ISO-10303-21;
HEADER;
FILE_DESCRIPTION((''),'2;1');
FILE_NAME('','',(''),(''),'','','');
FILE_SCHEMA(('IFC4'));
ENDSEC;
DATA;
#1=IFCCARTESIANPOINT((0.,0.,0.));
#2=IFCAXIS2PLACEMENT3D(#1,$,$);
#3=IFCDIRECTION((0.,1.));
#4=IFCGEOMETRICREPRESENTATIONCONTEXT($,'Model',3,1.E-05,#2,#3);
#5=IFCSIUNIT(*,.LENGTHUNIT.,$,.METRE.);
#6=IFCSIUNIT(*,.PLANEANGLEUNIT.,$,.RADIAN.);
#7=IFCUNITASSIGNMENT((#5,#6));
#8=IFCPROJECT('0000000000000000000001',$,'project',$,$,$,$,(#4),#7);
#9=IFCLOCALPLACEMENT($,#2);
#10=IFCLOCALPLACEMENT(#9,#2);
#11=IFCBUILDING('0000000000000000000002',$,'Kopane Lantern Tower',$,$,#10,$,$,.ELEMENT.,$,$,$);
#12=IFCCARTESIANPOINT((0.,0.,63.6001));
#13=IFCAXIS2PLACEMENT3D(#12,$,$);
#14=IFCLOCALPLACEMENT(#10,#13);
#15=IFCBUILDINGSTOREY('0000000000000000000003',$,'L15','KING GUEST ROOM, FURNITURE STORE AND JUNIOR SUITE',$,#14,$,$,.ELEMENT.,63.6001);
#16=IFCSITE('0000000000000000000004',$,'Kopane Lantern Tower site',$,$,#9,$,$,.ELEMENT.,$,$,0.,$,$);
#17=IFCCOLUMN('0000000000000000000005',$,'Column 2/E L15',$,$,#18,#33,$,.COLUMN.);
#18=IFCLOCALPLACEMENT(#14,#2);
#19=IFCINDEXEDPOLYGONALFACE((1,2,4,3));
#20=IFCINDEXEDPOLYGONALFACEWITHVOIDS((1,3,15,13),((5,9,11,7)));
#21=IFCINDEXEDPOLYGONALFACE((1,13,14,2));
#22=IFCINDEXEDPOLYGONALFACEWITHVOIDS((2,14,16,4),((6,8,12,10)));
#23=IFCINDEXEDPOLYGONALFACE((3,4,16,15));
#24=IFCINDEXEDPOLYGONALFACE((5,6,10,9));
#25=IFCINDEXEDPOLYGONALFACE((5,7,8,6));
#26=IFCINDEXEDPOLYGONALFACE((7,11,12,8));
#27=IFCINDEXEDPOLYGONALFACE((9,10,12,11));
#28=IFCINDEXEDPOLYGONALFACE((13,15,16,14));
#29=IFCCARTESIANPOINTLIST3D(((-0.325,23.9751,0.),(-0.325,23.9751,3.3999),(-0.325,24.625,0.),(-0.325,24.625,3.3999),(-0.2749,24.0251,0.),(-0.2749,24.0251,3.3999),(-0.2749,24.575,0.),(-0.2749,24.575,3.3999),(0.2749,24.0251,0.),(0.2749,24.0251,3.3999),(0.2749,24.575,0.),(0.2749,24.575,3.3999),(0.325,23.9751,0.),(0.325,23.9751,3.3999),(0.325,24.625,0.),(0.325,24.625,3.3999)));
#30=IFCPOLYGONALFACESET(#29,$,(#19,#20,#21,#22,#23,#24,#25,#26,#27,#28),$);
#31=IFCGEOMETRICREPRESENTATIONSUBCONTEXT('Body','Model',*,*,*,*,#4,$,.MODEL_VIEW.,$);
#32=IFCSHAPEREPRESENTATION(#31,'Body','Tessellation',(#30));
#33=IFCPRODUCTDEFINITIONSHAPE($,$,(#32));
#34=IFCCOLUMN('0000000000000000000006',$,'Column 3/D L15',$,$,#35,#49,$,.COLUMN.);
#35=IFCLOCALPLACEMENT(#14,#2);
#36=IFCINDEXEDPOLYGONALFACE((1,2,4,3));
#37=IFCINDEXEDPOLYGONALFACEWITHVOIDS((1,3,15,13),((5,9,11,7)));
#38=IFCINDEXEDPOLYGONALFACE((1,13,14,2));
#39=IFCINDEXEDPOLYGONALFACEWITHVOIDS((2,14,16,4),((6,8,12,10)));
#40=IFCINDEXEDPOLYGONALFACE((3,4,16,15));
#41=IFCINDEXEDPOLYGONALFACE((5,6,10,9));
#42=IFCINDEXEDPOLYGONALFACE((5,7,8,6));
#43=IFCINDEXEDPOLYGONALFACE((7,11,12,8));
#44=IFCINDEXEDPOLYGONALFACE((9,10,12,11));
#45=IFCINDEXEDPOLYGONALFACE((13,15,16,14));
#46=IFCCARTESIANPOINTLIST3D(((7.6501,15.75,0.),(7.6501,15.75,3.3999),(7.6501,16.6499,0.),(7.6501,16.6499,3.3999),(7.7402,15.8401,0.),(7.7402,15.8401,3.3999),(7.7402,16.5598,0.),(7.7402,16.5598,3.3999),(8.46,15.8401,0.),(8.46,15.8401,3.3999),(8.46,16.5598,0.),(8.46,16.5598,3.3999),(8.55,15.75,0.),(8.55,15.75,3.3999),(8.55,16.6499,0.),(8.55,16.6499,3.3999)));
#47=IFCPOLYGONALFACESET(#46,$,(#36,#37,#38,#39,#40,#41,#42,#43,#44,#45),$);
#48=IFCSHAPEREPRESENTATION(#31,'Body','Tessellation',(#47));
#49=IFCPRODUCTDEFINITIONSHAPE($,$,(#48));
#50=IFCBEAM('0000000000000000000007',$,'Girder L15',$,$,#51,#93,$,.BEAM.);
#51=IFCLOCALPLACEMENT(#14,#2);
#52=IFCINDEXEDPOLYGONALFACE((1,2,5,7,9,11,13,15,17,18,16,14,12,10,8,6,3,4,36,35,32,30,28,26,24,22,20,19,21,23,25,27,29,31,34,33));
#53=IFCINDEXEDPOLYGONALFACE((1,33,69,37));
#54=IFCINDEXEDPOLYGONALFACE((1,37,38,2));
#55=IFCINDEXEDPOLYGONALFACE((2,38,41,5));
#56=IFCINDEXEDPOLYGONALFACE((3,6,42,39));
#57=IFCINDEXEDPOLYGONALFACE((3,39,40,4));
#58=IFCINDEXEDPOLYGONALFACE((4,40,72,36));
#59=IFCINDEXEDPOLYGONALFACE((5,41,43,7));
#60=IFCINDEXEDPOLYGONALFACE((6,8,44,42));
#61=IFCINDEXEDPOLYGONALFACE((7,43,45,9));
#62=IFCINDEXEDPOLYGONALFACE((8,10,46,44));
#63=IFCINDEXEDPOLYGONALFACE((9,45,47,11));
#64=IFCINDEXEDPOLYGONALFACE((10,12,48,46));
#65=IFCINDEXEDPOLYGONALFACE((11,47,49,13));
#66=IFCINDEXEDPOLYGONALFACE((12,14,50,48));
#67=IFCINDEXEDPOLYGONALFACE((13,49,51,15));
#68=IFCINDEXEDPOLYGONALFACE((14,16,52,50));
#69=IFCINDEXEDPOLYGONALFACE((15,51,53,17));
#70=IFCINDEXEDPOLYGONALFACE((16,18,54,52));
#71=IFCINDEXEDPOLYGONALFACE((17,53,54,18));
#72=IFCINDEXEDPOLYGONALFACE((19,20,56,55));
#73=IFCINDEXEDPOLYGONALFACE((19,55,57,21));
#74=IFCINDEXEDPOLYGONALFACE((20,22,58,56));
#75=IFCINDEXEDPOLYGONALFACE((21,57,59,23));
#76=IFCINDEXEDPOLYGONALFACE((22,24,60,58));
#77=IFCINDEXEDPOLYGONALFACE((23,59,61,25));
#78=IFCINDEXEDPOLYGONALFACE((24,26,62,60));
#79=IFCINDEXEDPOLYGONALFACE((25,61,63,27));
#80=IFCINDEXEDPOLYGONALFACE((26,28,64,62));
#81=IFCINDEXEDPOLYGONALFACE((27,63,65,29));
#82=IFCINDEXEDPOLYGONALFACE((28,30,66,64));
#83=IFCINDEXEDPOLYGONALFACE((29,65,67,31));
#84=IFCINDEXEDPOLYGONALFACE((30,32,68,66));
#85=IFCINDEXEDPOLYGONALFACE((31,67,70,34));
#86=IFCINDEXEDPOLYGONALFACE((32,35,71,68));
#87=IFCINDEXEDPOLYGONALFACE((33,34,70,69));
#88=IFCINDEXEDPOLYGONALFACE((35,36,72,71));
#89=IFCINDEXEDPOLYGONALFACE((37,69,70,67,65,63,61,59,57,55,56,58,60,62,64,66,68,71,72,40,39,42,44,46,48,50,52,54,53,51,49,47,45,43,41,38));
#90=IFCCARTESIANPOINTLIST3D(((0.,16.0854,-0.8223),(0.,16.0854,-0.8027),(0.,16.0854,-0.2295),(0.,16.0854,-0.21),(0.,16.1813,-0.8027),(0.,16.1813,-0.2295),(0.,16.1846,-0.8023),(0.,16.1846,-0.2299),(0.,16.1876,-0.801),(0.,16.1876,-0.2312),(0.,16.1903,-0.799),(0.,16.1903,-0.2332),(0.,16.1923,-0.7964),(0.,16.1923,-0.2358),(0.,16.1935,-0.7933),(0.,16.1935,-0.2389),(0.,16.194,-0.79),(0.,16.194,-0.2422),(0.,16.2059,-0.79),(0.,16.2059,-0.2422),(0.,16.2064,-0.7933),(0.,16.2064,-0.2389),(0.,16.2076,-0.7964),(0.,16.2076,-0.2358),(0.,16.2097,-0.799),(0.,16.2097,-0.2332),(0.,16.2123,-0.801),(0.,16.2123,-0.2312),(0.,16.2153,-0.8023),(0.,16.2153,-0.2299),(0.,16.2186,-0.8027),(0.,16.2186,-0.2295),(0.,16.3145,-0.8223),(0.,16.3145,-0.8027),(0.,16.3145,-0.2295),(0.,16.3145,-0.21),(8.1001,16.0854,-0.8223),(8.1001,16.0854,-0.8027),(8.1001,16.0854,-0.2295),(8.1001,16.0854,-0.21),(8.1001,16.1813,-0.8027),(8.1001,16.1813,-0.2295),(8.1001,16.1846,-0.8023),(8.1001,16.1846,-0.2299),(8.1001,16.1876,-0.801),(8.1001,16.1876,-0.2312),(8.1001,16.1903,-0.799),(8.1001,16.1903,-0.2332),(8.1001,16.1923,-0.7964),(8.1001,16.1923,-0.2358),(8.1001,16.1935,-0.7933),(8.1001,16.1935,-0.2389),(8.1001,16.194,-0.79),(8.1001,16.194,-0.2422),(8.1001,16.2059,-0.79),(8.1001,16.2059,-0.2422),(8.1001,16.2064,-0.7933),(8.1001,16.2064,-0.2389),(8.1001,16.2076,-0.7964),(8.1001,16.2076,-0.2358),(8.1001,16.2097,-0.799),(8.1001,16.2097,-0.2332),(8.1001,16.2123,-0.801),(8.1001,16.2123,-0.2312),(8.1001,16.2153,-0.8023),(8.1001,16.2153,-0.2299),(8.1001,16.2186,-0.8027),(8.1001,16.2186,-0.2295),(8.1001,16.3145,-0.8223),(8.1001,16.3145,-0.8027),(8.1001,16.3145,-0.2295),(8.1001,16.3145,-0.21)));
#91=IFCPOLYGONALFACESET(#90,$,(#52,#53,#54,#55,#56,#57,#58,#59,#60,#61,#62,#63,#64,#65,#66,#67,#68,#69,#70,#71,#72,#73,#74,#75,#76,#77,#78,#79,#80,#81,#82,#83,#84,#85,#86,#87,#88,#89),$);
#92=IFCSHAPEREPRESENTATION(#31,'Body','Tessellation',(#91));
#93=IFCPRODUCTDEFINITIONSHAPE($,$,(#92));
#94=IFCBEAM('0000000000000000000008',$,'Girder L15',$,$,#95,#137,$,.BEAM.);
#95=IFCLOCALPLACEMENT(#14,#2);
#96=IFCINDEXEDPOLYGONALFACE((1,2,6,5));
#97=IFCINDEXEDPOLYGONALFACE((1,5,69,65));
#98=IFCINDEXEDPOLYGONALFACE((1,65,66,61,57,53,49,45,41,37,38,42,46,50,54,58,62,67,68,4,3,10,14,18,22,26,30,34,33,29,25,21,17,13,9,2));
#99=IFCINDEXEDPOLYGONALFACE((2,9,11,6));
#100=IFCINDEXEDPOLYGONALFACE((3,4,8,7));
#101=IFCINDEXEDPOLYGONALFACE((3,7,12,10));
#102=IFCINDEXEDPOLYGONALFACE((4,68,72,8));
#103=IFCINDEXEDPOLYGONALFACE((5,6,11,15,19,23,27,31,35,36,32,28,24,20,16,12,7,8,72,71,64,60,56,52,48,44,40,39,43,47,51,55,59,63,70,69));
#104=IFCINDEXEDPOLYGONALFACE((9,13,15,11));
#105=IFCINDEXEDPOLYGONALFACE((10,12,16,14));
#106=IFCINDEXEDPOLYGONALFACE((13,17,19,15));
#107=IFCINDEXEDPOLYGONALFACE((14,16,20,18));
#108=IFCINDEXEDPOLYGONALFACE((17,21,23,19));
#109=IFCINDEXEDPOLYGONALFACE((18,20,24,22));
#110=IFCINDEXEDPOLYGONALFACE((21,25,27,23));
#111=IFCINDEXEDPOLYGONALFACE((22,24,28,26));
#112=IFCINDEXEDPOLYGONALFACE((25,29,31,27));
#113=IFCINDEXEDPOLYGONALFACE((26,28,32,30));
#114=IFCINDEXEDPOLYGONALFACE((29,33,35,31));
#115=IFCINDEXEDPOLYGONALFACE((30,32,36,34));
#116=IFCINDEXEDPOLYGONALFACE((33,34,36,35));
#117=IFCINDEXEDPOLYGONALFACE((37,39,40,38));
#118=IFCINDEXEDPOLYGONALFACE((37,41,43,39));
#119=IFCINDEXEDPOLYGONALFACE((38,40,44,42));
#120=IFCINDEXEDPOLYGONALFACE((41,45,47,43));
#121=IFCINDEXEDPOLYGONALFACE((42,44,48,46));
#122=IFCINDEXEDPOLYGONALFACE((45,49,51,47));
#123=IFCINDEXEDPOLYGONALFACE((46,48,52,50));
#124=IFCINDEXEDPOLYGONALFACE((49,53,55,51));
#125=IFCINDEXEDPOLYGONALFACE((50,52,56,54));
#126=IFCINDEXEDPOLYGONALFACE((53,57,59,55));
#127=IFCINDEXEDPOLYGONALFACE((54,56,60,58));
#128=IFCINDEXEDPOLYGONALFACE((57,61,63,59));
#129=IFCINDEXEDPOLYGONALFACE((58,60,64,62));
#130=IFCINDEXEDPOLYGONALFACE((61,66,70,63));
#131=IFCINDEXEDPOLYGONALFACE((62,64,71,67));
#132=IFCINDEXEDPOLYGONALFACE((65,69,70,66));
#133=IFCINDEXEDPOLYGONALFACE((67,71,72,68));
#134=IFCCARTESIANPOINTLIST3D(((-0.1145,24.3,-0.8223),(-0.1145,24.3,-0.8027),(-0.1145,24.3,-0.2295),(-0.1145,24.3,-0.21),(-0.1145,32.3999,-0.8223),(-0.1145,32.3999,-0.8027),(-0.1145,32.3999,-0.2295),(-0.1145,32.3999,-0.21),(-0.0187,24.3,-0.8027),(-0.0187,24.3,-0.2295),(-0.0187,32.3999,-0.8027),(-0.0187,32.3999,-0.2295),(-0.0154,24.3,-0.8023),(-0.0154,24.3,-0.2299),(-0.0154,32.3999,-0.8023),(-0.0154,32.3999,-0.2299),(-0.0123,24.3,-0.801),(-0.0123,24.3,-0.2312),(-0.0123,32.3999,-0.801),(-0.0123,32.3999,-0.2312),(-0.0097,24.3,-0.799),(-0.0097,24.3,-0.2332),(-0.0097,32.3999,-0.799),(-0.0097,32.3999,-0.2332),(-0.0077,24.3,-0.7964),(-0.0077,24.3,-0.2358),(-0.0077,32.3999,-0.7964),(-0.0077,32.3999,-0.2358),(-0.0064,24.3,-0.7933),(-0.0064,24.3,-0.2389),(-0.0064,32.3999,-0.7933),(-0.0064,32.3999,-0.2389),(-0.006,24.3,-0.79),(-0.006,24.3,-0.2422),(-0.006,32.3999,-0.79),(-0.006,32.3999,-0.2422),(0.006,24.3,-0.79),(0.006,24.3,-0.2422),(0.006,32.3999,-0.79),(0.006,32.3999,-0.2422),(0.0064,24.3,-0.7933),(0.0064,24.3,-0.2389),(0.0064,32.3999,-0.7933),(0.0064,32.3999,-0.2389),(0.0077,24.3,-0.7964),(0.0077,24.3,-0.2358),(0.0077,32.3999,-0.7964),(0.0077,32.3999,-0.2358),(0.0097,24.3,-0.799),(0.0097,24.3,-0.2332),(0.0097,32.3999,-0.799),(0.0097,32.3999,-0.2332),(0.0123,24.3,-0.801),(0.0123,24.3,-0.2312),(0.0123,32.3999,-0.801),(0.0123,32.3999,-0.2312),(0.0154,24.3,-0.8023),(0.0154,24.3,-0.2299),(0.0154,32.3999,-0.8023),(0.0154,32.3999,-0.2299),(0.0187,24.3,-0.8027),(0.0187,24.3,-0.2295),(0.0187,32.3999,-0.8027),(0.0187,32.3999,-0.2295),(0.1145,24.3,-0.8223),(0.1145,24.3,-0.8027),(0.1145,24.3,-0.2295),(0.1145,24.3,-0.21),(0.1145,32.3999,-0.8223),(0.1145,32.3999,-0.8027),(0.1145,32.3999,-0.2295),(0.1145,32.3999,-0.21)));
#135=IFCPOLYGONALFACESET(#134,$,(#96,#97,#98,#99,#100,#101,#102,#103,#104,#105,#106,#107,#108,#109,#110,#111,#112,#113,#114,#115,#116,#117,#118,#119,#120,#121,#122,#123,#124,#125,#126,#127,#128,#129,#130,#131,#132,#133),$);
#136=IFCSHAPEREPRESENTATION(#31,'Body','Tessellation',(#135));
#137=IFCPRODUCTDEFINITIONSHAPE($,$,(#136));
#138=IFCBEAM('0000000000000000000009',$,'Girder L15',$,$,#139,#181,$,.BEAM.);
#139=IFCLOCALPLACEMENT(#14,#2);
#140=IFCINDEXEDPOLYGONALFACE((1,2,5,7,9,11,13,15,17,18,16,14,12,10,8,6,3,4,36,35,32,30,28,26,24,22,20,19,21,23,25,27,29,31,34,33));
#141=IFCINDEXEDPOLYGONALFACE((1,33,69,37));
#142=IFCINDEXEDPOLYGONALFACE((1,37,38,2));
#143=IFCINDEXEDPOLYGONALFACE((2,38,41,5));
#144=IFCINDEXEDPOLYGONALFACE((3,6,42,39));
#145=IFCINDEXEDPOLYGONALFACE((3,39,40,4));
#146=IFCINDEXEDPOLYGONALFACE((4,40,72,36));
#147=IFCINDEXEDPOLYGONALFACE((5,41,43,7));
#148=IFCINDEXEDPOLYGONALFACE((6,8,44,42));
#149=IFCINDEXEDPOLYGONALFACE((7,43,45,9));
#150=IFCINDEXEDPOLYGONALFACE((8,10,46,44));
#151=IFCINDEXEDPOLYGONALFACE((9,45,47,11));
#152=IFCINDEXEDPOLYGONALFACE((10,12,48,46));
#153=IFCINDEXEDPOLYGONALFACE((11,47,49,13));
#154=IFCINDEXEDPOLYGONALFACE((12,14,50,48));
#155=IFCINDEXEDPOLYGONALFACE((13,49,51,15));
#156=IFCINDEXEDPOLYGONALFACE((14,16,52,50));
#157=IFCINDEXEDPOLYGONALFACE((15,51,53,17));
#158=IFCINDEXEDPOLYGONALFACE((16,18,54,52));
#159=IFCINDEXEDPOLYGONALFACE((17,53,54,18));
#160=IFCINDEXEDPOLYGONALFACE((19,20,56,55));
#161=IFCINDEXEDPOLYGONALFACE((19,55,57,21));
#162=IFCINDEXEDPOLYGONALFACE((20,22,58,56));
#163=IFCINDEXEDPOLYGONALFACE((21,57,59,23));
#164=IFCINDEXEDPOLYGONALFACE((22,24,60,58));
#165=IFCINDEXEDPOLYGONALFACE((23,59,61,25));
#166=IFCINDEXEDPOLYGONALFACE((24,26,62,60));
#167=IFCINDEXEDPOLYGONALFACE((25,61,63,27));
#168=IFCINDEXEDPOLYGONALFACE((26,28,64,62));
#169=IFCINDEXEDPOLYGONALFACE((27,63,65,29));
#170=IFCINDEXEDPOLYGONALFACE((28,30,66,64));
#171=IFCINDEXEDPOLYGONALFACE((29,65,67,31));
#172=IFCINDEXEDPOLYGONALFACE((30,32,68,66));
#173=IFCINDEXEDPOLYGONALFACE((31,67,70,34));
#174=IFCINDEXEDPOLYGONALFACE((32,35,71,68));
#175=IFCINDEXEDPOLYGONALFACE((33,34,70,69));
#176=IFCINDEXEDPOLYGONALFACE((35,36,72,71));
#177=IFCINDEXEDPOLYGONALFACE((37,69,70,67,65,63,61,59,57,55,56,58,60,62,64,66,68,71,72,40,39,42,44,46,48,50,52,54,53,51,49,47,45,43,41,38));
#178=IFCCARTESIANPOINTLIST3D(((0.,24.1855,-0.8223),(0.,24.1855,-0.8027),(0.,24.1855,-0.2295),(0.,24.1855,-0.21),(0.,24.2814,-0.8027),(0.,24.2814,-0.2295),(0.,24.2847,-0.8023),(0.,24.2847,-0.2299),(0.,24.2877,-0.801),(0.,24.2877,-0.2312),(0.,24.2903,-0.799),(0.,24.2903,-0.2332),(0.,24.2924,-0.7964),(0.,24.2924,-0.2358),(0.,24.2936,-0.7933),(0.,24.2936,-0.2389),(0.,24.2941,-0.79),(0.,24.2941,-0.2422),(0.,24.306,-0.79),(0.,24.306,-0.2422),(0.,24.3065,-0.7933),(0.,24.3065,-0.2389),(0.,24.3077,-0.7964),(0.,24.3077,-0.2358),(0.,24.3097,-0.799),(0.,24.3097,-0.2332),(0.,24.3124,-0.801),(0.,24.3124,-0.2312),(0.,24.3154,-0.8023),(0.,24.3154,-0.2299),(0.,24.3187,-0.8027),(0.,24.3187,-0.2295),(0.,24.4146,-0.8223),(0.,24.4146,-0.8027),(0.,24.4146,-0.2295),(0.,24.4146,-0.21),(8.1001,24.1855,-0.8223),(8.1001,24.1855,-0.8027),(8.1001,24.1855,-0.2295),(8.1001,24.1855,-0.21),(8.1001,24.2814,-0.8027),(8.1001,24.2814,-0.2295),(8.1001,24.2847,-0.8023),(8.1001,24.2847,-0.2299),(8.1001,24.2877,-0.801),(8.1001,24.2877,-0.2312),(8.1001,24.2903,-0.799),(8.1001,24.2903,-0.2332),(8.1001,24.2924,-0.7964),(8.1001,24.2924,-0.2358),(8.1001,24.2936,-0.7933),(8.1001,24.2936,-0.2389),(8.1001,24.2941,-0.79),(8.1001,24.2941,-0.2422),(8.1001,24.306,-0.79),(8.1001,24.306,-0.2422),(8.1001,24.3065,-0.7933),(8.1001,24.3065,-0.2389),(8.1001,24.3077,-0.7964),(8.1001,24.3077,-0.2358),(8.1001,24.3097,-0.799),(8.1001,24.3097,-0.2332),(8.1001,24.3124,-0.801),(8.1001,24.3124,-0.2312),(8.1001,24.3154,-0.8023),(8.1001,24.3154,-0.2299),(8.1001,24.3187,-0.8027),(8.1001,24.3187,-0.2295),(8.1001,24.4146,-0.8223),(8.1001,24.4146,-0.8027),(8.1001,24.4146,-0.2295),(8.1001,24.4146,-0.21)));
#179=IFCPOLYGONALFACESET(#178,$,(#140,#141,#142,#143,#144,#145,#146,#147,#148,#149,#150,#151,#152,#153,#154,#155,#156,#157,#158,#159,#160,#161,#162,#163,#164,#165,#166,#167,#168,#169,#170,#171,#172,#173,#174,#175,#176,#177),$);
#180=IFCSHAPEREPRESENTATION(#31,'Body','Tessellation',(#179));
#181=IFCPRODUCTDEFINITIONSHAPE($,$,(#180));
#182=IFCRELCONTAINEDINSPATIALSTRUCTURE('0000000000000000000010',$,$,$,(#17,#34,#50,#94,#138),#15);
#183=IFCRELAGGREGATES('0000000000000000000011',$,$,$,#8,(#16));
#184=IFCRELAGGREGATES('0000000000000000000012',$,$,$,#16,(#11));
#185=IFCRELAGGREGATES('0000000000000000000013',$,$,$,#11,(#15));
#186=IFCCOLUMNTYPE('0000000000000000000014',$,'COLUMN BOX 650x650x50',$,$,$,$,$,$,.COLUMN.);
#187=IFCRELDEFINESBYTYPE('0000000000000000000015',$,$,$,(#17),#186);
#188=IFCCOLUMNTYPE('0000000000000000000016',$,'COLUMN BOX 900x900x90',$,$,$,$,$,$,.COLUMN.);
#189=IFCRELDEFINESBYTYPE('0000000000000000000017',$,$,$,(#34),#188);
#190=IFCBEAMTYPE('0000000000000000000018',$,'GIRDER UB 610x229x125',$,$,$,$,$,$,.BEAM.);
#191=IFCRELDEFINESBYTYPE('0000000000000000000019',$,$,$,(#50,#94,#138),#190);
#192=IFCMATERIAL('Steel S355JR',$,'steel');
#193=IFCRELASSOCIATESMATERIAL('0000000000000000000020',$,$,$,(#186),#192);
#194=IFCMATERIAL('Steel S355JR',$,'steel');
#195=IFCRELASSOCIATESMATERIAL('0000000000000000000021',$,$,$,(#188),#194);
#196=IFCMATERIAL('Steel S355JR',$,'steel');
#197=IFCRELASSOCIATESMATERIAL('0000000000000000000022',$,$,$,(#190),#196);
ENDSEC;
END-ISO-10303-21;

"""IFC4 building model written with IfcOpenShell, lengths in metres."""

from ifc_helpers import new_model, si_unit, direction, frame, origin, origin_2d, place, context, subcontext, project, spatial, hollow_rectangle, i_section, extrude, material, material_profile, profile_set, type_object, element, save


model = new_model("IFC4")

# Units and contexts
model_context = context("Model", 3, precision=1e-05, world=origin(), true_north=direction((0.0, 1.0)))
body_context = subcontext(model_context, "Body", "Model", "MODEL_VIEW")
ifc_project = project(units=[si_unit("LENGTHUNIT", "METRE"), si_unit("PLANEANGLEUNIT", "RADIAN")], contexts=[model_context])

# Site, building, storey
site_placement = place(None, origin())
site = spatial("IfcSite", under=ifc_project, at=site_placement, Name="Kopane Lantern Tower site", CompositionType="ELEMENT", RefElevation=0.0)
building_placement = place(site_placement, origin())
building = spatial("IfcBuilding", under=site, at=building_placement, Name="Kopane Lantern Tower", CompositionType="ELEMENT")
storey_placement = place(building_placement, frame((0.0, 0.0, 63.6001)))
storey = spatial("IfcBuildingStorey", under=building, at=storey_placement, Name="L15", Description="KING GUEST ROOM, FURNITURE STORE AND JUNIOR SUITE", CompositionType="ELEMENT", Elevation=63.6001)

# Columns
ifc_material_1 = material(Name="Steel S355JR", Category="steel")
ifc_material_profile_1 = material_profile(ifc_material_1, hollow_rectangle(XDim=0.6499, YDim=0.6499, WallThickness=0.05, at=origin_2d()), Name="BOX 650x650x50")
ifc_profile_set_1 = profile_set([ifc_material_profile_1], Name="Steel S355JR")
column_type_1 = type_object("IfcColumnType", Name="COLUMN BOX 650x650x50", PredefinedType="COLUMN", material=ifc_profile_set_1)
column_1_placement = place(storey_placement, frame((0.0, 24.3, 0.0), z_axis=(0.0, 0.0, 1.0), x_axis=(1.0, 0.0, 0.0)))
element("IfcColumn", 1, at=column_1_placement, inside=storey, type_object=column_type_1, Name="Column 2/E L15", PredefinedType="COLUMN", context=body_context, shape_type="SweptSolid", body=[
    extrude(hollow_rectangle(XDim=0.6499, YDim=0.6499, WallThickness=0.05, at=origin_2d()), origin(), (0.0, 0.0, 1.0), 3.3999),
])
ifc_material_2 = material(Name="Steel S355JR", Category="steel")
ifc_material_profile_2 = material_profile(ifc_material_2, hollow_rectangle(XDim=0.8999, YDim=0.8999, WallThickness=0.0901, at=origin_2d()), Name="BOX 900x900x90")
ifc_profile_set_2 = profile_set([ifc_material_profile_2], Name="Steel S355JR")
column_type_2 = type_object("IfcColumnType", Name="COLUMN BOX 900x900x90", PredefinedType="COLUMN", material=ifc_profile_set_2)
column_2_placement = place(storey_placement, frame((8.1001, 16.2, 0.0), z_axis=(0.0, 0.0, 1.0), x_axis=(1.0, 0.0, 0.0)))
element("IfcColumn", 2, at=column_2_placement, inside=storey, type_object=column_type_2, Name="Column 3/D L15", PredefinedType="COLUMN", context=body_context, shape_type="SweptSolid", body=[
    extrude(hollow_rectangle(XDim=0.8999, YDim=0.8999, WallThickness=0.0901, at=origin_2d()), origin(), (0.0, 0.0, 1.0), 3.3999),
])

# Beams
ifc_material_3 = material(Name="Steel S355JR", Category="steel")
ifc_material_profile_3 = material_profile(ifc_material_3, i_section(OverallWidth=0.229, OverallDepth=0.6123, WebThickness=0.012, FlangeThickness=0.0195, FilletRadius=0.0127, at=origin_2d()), Name="UB 610x229x125")
ifc_profile_set_3 = profile_set([ifc_material_profile_3], Name="Steel S355JR")
beam_type = type_object("IfcBeamType", Name="GIRDER UB 610x229x125", PredefinedType="BEAM", material=ifc_profile_set_3)
beam_1_placement = place(storey_placement, frame((0.0, 16.2, -0.5161), z_axis=(1.0, 0.0, 0.0), x_axis=(0.0, 1.0, 0.0)))
element("IfcBeam", 3, at=beam_1_placement, inside=storey, type_object=beam_type, Name="Girder L15", PredefinedType="BEAM", context=body_context, shape_type="SweptSolid", body=[
    extrude(i_section(OverallWidth=0.229, OverallDepth=0.6123, WebThickness=0.012, FlangeThickness=0.0195, FilletRadius=0.0127, at=origin_2d()), origin(), (0.0, 0.0, 1.0), 8.1001),
])
beam_2_placement = place(storey_placement, frame((0.0, 24.3, -0.5161), z_axis=(0.0, 1.0, 0.0), x_axis=(-1.0, 0.0, 0.0)))
element("IfcBeam", 4, at=beam_2_placement, inside=storey, type_object=beam_type, Name="Girder L15", PredefinedType="BEAM", context=body_context, shape_type="SweptSolid", body=[
    extrude(i_section(OverallWidth=0.229, OverallDepth=0.6123, WebThickness=0.012, FlangeThickness=0.0195, FilletRadius=0.0127, at=origin_2d()), origin(), (0.0, 0.0, 1.0), 8.0999),
])
for number, where, z_axis, x_axis, name in (
    (5, (0.0, 24.3, -0.5161), (1.0, 0.0, 0.0), (0.0, 1.0, 0.0), "Girder L15"),
):
    element("IfcBeam", number, at=place(storey_placement, frame(where, z_axis=z_axis, x_axis=x_axis)), inside=storey, type_object=beam_type, Name=name, PredefinedType="BEAM", context=body_context, shape_type="SweptSolid", body=[
        extrude(i_section(OverallWidth=0.229, OverallDepth=0.6123, WebThickness=0.012, FlangeThickness=0.0195, FilletRadius=0.0127, at=origin_2d()), origin(), (0.0, 0.0, 1.0), 8.1001),
    ])

save(model, "model.ifc")
